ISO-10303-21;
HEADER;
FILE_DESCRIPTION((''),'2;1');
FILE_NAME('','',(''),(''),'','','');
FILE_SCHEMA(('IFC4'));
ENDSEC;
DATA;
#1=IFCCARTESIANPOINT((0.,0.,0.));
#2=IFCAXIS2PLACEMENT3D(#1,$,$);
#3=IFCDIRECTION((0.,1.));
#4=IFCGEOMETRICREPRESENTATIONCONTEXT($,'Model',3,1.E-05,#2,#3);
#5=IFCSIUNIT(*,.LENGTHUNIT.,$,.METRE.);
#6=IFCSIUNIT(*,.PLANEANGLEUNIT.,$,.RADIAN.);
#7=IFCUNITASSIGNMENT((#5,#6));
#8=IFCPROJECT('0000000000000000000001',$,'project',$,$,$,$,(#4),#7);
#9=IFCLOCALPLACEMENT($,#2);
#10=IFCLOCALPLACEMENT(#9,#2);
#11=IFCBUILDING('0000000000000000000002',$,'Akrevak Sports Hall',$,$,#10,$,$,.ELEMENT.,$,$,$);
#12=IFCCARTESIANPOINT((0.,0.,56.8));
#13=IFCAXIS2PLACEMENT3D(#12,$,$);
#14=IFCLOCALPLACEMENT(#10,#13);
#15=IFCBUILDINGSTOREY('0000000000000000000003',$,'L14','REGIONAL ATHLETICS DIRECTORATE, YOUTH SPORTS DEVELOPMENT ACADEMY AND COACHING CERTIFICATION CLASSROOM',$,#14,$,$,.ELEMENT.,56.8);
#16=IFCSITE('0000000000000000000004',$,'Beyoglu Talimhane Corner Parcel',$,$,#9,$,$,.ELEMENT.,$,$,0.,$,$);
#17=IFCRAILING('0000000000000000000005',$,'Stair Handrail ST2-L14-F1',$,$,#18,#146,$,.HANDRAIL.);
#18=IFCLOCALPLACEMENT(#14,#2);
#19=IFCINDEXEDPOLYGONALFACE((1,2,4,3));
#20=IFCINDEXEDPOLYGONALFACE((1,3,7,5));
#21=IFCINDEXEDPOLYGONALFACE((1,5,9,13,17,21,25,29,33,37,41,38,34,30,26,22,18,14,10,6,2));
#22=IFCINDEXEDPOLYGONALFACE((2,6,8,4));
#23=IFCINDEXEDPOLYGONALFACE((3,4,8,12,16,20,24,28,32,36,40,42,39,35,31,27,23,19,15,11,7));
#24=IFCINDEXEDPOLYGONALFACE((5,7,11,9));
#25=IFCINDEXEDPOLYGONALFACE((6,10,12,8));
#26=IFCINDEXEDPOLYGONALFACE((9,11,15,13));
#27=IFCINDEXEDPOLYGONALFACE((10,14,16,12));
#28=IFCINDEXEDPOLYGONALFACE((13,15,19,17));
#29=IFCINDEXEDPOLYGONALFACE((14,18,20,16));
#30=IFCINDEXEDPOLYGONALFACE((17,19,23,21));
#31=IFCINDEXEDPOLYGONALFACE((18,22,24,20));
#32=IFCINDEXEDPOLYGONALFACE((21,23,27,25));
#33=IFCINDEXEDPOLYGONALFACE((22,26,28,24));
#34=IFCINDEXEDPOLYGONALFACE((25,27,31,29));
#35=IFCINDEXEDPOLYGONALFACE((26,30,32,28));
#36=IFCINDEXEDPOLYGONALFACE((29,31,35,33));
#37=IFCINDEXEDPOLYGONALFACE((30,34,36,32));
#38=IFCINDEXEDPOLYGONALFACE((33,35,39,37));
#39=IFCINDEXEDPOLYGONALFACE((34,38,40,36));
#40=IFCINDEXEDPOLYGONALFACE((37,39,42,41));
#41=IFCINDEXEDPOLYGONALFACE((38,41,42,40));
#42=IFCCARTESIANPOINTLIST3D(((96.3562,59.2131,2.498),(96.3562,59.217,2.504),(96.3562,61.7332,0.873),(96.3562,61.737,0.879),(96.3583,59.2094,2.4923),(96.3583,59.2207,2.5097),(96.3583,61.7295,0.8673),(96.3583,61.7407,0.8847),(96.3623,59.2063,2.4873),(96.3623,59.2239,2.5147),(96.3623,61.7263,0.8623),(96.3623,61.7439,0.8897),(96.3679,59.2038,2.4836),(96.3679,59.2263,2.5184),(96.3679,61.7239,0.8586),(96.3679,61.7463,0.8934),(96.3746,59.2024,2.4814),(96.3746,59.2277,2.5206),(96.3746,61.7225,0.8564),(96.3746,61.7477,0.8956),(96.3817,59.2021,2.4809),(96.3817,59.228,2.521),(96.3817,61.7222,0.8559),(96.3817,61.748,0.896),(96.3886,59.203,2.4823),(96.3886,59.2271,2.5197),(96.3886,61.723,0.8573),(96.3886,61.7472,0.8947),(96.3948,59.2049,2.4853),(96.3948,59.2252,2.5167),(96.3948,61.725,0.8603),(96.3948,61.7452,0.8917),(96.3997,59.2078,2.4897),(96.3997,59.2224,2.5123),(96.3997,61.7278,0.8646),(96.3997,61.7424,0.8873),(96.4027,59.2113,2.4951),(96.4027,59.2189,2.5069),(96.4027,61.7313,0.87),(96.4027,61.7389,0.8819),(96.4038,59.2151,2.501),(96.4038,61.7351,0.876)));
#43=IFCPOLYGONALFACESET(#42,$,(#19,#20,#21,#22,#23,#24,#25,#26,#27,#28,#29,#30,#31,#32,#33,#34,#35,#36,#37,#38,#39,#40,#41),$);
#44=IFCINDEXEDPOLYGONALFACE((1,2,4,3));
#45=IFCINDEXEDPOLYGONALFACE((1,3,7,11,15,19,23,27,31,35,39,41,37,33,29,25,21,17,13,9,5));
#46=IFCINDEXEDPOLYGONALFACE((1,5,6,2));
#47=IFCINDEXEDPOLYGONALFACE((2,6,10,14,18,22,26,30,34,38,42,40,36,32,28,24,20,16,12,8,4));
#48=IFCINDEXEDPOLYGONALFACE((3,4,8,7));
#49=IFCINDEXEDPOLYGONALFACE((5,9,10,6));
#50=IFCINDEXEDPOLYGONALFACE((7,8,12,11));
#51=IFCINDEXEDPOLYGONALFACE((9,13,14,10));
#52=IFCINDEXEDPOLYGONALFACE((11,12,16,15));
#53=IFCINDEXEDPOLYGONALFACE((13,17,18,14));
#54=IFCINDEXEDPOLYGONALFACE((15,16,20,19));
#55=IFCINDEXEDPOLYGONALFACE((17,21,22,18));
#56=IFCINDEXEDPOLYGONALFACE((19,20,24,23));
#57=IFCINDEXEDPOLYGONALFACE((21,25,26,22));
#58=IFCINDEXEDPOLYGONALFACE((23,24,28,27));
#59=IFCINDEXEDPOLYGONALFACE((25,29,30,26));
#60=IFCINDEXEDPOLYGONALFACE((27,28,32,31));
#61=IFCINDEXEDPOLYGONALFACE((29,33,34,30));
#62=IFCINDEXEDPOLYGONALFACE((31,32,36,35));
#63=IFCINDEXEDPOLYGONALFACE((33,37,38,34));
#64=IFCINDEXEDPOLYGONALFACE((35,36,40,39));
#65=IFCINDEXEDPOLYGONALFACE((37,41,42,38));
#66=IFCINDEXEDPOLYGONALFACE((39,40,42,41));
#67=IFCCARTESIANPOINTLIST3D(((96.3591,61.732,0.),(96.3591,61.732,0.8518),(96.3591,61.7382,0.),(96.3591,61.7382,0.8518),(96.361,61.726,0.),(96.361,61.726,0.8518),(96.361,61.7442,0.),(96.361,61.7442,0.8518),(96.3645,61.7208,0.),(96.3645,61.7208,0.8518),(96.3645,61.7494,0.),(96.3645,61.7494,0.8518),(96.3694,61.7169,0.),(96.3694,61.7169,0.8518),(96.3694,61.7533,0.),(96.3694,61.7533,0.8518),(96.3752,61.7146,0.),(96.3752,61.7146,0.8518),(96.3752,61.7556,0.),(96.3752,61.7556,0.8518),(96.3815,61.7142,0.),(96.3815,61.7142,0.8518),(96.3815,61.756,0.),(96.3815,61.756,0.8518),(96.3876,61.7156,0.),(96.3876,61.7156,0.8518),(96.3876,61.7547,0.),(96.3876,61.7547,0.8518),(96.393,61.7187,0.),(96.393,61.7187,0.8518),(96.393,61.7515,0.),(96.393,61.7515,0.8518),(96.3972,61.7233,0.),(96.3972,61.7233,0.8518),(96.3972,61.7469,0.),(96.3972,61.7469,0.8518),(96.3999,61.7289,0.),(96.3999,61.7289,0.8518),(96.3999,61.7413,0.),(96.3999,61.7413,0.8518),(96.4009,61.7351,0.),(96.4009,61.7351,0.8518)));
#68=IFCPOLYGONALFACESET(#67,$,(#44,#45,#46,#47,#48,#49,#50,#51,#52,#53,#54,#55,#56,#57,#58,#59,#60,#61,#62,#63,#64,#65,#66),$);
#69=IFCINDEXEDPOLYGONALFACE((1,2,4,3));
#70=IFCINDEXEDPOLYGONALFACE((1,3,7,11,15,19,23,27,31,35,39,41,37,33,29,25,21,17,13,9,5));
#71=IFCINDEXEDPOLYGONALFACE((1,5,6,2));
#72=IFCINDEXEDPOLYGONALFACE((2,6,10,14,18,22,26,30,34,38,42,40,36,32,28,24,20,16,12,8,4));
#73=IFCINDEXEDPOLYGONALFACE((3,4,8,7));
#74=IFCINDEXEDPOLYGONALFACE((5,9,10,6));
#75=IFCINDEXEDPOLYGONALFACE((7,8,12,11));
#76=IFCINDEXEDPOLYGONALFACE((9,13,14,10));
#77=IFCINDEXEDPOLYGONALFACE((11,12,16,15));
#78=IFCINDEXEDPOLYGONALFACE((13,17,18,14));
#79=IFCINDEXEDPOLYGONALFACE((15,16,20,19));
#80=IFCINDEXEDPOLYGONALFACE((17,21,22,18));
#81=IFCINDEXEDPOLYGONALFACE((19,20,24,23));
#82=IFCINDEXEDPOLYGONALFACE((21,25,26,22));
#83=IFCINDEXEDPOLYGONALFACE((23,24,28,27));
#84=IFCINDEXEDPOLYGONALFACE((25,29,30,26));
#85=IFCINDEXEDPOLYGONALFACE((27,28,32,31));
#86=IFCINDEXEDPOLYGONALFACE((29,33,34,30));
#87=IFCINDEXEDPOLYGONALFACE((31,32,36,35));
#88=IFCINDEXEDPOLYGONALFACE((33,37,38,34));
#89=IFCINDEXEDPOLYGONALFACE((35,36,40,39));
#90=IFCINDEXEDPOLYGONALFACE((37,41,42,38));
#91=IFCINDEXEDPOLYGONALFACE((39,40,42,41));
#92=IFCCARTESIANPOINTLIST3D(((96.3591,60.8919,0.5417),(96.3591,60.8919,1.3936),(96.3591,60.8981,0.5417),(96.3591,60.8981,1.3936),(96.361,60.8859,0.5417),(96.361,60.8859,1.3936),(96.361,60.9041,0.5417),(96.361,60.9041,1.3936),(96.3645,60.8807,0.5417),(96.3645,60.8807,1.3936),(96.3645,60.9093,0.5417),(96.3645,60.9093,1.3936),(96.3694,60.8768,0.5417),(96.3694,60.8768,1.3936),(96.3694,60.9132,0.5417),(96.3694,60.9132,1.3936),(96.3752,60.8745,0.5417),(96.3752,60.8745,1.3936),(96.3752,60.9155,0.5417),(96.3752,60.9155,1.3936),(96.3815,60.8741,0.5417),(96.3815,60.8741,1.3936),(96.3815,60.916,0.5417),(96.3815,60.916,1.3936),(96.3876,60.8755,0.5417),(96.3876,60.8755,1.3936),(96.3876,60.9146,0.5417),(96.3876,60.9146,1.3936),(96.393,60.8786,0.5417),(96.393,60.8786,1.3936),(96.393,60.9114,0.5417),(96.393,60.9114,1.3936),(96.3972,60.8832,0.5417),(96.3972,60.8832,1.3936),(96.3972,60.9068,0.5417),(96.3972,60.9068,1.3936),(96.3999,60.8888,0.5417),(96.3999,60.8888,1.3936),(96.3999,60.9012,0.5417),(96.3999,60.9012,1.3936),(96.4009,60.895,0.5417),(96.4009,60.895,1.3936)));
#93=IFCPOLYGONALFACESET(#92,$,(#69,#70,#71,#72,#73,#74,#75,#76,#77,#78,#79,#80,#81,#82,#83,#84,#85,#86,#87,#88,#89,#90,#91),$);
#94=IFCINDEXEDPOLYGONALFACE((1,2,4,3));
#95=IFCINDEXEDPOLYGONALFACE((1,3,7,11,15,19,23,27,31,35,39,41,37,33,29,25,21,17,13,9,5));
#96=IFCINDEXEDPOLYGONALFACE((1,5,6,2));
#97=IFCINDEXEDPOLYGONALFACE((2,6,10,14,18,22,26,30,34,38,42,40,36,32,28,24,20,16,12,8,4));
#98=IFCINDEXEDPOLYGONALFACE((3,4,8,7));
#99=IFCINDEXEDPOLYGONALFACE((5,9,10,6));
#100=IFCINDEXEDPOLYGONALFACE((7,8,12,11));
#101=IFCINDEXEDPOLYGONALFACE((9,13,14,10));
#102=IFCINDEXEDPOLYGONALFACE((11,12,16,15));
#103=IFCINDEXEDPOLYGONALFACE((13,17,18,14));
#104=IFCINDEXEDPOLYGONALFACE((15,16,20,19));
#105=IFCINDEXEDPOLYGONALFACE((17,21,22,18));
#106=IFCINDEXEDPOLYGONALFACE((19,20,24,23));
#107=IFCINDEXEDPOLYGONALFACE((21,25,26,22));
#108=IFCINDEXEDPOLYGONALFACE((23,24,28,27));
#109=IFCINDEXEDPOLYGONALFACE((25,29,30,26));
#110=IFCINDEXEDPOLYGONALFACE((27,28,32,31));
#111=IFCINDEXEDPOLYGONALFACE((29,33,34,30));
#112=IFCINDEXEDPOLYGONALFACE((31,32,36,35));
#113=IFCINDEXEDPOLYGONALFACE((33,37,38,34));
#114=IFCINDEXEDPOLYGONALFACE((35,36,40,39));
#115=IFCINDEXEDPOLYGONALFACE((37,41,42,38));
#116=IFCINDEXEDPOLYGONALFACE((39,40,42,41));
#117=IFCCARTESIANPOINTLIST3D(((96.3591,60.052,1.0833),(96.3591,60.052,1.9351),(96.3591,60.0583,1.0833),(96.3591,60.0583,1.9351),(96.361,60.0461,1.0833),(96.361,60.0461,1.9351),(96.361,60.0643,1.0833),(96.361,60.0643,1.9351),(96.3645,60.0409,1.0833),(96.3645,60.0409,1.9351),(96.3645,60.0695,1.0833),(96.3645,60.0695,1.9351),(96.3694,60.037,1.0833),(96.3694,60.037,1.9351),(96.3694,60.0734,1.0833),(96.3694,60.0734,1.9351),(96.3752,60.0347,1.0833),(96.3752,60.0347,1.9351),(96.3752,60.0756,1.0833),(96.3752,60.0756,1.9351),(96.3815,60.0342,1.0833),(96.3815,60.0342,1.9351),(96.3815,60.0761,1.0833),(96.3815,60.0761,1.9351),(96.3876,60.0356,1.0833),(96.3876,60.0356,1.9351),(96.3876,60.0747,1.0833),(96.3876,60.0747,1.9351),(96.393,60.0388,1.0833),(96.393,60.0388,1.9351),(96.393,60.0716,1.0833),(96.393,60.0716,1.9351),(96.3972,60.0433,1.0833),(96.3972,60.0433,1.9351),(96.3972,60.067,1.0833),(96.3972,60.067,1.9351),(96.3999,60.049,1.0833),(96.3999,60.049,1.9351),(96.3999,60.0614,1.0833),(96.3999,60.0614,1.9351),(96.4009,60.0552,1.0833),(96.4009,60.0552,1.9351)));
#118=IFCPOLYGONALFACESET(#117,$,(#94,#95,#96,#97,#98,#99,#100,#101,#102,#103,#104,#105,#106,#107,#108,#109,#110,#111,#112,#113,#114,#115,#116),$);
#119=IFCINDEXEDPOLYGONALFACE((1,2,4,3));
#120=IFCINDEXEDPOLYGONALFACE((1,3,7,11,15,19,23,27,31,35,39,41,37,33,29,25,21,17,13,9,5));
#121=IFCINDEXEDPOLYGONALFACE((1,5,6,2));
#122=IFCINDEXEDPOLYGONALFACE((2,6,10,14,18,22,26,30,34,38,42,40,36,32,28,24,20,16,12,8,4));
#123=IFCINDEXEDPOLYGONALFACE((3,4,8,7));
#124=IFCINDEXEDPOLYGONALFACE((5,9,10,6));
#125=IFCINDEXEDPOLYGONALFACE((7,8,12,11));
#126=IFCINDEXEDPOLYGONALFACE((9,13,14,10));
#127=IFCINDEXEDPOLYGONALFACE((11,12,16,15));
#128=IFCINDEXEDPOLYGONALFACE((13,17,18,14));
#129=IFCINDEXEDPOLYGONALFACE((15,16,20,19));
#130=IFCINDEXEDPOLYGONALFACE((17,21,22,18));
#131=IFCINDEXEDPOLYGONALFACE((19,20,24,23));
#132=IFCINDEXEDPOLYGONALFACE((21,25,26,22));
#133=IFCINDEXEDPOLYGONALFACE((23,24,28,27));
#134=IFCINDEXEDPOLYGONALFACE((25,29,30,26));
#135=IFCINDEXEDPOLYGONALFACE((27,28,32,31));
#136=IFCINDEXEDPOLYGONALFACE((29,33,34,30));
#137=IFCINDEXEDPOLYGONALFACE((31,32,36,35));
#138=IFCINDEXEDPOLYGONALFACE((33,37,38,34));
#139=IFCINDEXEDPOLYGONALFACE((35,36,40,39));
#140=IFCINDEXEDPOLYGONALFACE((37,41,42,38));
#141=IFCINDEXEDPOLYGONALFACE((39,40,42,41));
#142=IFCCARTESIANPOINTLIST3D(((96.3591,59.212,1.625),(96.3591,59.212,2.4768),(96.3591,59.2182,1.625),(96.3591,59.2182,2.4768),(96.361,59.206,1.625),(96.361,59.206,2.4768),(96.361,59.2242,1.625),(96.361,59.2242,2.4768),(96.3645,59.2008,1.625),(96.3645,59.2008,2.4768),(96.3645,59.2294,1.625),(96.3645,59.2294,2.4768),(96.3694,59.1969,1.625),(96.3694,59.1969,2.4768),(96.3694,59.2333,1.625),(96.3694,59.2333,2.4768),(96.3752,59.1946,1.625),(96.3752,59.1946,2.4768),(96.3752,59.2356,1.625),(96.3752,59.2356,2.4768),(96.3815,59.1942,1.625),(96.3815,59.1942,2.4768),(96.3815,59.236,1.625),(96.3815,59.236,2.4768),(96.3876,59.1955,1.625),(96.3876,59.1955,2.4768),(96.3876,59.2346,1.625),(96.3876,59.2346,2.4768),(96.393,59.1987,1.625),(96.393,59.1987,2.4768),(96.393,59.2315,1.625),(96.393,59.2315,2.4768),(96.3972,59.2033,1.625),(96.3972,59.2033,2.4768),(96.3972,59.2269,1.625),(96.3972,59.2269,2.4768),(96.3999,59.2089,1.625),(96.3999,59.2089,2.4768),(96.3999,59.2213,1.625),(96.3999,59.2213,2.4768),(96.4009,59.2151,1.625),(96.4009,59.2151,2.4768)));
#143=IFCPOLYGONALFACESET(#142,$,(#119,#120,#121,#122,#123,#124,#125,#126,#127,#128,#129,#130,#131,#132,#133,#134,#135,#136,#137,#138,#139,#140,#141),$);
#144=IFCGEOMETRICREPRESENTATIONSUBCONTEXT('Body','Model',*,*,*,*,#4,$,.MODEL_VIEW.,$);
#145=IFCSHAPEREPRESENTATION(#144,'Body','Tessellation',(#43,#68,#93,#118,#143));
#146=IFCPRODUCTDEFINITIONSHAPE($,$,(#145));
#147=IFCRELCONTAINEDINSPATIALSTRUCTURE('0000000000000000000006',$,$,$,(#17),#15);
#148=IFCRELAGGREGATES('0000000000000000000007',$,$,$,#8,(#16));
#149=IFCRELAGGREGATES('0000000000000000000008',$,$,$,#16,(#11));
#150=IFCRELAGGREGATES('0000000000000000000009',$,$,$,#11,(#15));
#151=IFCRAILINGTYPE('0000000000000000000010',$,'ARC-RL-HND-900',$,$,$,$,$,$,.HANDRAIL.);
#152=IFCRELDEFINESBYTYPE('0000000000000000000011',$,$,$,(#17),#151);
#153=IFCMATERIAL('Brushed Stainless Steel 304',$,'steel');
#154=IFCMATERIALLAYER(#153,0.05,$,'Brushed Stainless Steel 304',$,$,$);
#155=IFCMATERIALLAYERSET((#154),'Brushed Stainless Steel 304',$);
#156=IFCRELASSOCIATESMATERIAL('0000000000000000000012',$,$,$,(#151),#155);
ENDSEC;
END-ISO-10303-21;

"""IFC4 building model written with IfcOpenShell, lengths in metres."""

from ifc_helpers import new_model, si_unit, direction, frame, origin, origin_2d, place, context, subcontext, project, spatial, circle, extrude, material, layer, layer_set, type_object, element, save


model = new_model("IFC4")

# Units and contexts
model_context = context("Model", 3, precision=1e-05, world=origin(), true_north=direction((0.0, 1.0)))
body_context = subcontext(model_context, "Body", "Model", "MODEL_VIEW")
ifc_project = project(units=[si_unit("LENGTHUNIT", "METRE"), si_unit("PLANEANGLEUNIT", "RADIAN")], contexts=[model_context])

# Site, building, storey
site_placement = place(None, origin())
site = spatial("IfcSite", under=ifc_project, at=site_placement, Name="Beyoglu Talimhane Corner Parcel", CompositionType="ELEMENT", RefElevation=0.0)
building_placement = place(site_placement, origin())
building = spatial("IfcBuilding", under=site, at=building_placement, Name="Akrevak Sports Hall", CompositionType="ELEMENT")
storey_placement = place(building_placement, frame((0.0, 0.0, 56.8)))
storey = spatial("IfcBuildingStorey", under=building, at=storey_placement, Name="L14", Description="REGIONAL ATHLETICS DIRECTORATE, YOUTH SPORTS DEVELOPMENT ACADEMY AND COACHING CERTIFICATION CLASSROOM", CompositionType="ELEMENT", Elevation=56.8)

# Shared definitions
ifc_material_1 = material(Name="Brushed Stainless Steel 304", Category="steel")

# Railing
ifc_layer_1 = layer(ifc_material_1, 0.05, Name="Brushed Stainless Steel 304")
ifc_layer_set_1 = layer_set([ifc_layer_1], Name="Brushed Stainless Steel 304")
railing_type_1 = type_object("IfcRailingType", Name="ARC-RL-HND-900", PredefinedType="HANDRAIL", material=ifc_layer_set_1)
railing_1_placement = place(storey_placement, frame((96.3799, 61.7351, 0.0)))
element("IfcRailing", 1, at=railing_1_placement, inside=storey, type_object=railing_type_1, Name="Stair Handrail ST2-L14-F1", PredefinedType="HANDRAIL", context=body_context, shape_type="SweptSolid", body=[
    extrude(circle(Radius=0.0239, at=origin_2d()), frame((0.0, 0.0, 0.876), z_axis=(0.0, -0.840421, 0.541934), x_axis=(1.0, 0.0, 0.0)), (0.0, 0.0, 1.0), 2.9985),
    extrude(circle(Radius=0.021, at=origin_2d()), origin(), (0.0, 0.0, 1.0), 0.8518),
    extrude(circle(Radius=0.021, at=origin_2d()), frame((0.0, -0.8401, 0.5417)), (0.0, 0.0, 1.0), 0.8518),
    extrude(circle(Radius=0.021, at=origin_2d()), frame((0.0, -1.6799, 1.0833)), (0.0, 0.0, 1.0), 0.8518),
    extrude(circle(Radius=0.021, at=origin_2d()), frame((0.0, -2.52, 1.625)), (0.0, 0.0, 1.0), 0.8518),
])

save(model, "model.ifc")
